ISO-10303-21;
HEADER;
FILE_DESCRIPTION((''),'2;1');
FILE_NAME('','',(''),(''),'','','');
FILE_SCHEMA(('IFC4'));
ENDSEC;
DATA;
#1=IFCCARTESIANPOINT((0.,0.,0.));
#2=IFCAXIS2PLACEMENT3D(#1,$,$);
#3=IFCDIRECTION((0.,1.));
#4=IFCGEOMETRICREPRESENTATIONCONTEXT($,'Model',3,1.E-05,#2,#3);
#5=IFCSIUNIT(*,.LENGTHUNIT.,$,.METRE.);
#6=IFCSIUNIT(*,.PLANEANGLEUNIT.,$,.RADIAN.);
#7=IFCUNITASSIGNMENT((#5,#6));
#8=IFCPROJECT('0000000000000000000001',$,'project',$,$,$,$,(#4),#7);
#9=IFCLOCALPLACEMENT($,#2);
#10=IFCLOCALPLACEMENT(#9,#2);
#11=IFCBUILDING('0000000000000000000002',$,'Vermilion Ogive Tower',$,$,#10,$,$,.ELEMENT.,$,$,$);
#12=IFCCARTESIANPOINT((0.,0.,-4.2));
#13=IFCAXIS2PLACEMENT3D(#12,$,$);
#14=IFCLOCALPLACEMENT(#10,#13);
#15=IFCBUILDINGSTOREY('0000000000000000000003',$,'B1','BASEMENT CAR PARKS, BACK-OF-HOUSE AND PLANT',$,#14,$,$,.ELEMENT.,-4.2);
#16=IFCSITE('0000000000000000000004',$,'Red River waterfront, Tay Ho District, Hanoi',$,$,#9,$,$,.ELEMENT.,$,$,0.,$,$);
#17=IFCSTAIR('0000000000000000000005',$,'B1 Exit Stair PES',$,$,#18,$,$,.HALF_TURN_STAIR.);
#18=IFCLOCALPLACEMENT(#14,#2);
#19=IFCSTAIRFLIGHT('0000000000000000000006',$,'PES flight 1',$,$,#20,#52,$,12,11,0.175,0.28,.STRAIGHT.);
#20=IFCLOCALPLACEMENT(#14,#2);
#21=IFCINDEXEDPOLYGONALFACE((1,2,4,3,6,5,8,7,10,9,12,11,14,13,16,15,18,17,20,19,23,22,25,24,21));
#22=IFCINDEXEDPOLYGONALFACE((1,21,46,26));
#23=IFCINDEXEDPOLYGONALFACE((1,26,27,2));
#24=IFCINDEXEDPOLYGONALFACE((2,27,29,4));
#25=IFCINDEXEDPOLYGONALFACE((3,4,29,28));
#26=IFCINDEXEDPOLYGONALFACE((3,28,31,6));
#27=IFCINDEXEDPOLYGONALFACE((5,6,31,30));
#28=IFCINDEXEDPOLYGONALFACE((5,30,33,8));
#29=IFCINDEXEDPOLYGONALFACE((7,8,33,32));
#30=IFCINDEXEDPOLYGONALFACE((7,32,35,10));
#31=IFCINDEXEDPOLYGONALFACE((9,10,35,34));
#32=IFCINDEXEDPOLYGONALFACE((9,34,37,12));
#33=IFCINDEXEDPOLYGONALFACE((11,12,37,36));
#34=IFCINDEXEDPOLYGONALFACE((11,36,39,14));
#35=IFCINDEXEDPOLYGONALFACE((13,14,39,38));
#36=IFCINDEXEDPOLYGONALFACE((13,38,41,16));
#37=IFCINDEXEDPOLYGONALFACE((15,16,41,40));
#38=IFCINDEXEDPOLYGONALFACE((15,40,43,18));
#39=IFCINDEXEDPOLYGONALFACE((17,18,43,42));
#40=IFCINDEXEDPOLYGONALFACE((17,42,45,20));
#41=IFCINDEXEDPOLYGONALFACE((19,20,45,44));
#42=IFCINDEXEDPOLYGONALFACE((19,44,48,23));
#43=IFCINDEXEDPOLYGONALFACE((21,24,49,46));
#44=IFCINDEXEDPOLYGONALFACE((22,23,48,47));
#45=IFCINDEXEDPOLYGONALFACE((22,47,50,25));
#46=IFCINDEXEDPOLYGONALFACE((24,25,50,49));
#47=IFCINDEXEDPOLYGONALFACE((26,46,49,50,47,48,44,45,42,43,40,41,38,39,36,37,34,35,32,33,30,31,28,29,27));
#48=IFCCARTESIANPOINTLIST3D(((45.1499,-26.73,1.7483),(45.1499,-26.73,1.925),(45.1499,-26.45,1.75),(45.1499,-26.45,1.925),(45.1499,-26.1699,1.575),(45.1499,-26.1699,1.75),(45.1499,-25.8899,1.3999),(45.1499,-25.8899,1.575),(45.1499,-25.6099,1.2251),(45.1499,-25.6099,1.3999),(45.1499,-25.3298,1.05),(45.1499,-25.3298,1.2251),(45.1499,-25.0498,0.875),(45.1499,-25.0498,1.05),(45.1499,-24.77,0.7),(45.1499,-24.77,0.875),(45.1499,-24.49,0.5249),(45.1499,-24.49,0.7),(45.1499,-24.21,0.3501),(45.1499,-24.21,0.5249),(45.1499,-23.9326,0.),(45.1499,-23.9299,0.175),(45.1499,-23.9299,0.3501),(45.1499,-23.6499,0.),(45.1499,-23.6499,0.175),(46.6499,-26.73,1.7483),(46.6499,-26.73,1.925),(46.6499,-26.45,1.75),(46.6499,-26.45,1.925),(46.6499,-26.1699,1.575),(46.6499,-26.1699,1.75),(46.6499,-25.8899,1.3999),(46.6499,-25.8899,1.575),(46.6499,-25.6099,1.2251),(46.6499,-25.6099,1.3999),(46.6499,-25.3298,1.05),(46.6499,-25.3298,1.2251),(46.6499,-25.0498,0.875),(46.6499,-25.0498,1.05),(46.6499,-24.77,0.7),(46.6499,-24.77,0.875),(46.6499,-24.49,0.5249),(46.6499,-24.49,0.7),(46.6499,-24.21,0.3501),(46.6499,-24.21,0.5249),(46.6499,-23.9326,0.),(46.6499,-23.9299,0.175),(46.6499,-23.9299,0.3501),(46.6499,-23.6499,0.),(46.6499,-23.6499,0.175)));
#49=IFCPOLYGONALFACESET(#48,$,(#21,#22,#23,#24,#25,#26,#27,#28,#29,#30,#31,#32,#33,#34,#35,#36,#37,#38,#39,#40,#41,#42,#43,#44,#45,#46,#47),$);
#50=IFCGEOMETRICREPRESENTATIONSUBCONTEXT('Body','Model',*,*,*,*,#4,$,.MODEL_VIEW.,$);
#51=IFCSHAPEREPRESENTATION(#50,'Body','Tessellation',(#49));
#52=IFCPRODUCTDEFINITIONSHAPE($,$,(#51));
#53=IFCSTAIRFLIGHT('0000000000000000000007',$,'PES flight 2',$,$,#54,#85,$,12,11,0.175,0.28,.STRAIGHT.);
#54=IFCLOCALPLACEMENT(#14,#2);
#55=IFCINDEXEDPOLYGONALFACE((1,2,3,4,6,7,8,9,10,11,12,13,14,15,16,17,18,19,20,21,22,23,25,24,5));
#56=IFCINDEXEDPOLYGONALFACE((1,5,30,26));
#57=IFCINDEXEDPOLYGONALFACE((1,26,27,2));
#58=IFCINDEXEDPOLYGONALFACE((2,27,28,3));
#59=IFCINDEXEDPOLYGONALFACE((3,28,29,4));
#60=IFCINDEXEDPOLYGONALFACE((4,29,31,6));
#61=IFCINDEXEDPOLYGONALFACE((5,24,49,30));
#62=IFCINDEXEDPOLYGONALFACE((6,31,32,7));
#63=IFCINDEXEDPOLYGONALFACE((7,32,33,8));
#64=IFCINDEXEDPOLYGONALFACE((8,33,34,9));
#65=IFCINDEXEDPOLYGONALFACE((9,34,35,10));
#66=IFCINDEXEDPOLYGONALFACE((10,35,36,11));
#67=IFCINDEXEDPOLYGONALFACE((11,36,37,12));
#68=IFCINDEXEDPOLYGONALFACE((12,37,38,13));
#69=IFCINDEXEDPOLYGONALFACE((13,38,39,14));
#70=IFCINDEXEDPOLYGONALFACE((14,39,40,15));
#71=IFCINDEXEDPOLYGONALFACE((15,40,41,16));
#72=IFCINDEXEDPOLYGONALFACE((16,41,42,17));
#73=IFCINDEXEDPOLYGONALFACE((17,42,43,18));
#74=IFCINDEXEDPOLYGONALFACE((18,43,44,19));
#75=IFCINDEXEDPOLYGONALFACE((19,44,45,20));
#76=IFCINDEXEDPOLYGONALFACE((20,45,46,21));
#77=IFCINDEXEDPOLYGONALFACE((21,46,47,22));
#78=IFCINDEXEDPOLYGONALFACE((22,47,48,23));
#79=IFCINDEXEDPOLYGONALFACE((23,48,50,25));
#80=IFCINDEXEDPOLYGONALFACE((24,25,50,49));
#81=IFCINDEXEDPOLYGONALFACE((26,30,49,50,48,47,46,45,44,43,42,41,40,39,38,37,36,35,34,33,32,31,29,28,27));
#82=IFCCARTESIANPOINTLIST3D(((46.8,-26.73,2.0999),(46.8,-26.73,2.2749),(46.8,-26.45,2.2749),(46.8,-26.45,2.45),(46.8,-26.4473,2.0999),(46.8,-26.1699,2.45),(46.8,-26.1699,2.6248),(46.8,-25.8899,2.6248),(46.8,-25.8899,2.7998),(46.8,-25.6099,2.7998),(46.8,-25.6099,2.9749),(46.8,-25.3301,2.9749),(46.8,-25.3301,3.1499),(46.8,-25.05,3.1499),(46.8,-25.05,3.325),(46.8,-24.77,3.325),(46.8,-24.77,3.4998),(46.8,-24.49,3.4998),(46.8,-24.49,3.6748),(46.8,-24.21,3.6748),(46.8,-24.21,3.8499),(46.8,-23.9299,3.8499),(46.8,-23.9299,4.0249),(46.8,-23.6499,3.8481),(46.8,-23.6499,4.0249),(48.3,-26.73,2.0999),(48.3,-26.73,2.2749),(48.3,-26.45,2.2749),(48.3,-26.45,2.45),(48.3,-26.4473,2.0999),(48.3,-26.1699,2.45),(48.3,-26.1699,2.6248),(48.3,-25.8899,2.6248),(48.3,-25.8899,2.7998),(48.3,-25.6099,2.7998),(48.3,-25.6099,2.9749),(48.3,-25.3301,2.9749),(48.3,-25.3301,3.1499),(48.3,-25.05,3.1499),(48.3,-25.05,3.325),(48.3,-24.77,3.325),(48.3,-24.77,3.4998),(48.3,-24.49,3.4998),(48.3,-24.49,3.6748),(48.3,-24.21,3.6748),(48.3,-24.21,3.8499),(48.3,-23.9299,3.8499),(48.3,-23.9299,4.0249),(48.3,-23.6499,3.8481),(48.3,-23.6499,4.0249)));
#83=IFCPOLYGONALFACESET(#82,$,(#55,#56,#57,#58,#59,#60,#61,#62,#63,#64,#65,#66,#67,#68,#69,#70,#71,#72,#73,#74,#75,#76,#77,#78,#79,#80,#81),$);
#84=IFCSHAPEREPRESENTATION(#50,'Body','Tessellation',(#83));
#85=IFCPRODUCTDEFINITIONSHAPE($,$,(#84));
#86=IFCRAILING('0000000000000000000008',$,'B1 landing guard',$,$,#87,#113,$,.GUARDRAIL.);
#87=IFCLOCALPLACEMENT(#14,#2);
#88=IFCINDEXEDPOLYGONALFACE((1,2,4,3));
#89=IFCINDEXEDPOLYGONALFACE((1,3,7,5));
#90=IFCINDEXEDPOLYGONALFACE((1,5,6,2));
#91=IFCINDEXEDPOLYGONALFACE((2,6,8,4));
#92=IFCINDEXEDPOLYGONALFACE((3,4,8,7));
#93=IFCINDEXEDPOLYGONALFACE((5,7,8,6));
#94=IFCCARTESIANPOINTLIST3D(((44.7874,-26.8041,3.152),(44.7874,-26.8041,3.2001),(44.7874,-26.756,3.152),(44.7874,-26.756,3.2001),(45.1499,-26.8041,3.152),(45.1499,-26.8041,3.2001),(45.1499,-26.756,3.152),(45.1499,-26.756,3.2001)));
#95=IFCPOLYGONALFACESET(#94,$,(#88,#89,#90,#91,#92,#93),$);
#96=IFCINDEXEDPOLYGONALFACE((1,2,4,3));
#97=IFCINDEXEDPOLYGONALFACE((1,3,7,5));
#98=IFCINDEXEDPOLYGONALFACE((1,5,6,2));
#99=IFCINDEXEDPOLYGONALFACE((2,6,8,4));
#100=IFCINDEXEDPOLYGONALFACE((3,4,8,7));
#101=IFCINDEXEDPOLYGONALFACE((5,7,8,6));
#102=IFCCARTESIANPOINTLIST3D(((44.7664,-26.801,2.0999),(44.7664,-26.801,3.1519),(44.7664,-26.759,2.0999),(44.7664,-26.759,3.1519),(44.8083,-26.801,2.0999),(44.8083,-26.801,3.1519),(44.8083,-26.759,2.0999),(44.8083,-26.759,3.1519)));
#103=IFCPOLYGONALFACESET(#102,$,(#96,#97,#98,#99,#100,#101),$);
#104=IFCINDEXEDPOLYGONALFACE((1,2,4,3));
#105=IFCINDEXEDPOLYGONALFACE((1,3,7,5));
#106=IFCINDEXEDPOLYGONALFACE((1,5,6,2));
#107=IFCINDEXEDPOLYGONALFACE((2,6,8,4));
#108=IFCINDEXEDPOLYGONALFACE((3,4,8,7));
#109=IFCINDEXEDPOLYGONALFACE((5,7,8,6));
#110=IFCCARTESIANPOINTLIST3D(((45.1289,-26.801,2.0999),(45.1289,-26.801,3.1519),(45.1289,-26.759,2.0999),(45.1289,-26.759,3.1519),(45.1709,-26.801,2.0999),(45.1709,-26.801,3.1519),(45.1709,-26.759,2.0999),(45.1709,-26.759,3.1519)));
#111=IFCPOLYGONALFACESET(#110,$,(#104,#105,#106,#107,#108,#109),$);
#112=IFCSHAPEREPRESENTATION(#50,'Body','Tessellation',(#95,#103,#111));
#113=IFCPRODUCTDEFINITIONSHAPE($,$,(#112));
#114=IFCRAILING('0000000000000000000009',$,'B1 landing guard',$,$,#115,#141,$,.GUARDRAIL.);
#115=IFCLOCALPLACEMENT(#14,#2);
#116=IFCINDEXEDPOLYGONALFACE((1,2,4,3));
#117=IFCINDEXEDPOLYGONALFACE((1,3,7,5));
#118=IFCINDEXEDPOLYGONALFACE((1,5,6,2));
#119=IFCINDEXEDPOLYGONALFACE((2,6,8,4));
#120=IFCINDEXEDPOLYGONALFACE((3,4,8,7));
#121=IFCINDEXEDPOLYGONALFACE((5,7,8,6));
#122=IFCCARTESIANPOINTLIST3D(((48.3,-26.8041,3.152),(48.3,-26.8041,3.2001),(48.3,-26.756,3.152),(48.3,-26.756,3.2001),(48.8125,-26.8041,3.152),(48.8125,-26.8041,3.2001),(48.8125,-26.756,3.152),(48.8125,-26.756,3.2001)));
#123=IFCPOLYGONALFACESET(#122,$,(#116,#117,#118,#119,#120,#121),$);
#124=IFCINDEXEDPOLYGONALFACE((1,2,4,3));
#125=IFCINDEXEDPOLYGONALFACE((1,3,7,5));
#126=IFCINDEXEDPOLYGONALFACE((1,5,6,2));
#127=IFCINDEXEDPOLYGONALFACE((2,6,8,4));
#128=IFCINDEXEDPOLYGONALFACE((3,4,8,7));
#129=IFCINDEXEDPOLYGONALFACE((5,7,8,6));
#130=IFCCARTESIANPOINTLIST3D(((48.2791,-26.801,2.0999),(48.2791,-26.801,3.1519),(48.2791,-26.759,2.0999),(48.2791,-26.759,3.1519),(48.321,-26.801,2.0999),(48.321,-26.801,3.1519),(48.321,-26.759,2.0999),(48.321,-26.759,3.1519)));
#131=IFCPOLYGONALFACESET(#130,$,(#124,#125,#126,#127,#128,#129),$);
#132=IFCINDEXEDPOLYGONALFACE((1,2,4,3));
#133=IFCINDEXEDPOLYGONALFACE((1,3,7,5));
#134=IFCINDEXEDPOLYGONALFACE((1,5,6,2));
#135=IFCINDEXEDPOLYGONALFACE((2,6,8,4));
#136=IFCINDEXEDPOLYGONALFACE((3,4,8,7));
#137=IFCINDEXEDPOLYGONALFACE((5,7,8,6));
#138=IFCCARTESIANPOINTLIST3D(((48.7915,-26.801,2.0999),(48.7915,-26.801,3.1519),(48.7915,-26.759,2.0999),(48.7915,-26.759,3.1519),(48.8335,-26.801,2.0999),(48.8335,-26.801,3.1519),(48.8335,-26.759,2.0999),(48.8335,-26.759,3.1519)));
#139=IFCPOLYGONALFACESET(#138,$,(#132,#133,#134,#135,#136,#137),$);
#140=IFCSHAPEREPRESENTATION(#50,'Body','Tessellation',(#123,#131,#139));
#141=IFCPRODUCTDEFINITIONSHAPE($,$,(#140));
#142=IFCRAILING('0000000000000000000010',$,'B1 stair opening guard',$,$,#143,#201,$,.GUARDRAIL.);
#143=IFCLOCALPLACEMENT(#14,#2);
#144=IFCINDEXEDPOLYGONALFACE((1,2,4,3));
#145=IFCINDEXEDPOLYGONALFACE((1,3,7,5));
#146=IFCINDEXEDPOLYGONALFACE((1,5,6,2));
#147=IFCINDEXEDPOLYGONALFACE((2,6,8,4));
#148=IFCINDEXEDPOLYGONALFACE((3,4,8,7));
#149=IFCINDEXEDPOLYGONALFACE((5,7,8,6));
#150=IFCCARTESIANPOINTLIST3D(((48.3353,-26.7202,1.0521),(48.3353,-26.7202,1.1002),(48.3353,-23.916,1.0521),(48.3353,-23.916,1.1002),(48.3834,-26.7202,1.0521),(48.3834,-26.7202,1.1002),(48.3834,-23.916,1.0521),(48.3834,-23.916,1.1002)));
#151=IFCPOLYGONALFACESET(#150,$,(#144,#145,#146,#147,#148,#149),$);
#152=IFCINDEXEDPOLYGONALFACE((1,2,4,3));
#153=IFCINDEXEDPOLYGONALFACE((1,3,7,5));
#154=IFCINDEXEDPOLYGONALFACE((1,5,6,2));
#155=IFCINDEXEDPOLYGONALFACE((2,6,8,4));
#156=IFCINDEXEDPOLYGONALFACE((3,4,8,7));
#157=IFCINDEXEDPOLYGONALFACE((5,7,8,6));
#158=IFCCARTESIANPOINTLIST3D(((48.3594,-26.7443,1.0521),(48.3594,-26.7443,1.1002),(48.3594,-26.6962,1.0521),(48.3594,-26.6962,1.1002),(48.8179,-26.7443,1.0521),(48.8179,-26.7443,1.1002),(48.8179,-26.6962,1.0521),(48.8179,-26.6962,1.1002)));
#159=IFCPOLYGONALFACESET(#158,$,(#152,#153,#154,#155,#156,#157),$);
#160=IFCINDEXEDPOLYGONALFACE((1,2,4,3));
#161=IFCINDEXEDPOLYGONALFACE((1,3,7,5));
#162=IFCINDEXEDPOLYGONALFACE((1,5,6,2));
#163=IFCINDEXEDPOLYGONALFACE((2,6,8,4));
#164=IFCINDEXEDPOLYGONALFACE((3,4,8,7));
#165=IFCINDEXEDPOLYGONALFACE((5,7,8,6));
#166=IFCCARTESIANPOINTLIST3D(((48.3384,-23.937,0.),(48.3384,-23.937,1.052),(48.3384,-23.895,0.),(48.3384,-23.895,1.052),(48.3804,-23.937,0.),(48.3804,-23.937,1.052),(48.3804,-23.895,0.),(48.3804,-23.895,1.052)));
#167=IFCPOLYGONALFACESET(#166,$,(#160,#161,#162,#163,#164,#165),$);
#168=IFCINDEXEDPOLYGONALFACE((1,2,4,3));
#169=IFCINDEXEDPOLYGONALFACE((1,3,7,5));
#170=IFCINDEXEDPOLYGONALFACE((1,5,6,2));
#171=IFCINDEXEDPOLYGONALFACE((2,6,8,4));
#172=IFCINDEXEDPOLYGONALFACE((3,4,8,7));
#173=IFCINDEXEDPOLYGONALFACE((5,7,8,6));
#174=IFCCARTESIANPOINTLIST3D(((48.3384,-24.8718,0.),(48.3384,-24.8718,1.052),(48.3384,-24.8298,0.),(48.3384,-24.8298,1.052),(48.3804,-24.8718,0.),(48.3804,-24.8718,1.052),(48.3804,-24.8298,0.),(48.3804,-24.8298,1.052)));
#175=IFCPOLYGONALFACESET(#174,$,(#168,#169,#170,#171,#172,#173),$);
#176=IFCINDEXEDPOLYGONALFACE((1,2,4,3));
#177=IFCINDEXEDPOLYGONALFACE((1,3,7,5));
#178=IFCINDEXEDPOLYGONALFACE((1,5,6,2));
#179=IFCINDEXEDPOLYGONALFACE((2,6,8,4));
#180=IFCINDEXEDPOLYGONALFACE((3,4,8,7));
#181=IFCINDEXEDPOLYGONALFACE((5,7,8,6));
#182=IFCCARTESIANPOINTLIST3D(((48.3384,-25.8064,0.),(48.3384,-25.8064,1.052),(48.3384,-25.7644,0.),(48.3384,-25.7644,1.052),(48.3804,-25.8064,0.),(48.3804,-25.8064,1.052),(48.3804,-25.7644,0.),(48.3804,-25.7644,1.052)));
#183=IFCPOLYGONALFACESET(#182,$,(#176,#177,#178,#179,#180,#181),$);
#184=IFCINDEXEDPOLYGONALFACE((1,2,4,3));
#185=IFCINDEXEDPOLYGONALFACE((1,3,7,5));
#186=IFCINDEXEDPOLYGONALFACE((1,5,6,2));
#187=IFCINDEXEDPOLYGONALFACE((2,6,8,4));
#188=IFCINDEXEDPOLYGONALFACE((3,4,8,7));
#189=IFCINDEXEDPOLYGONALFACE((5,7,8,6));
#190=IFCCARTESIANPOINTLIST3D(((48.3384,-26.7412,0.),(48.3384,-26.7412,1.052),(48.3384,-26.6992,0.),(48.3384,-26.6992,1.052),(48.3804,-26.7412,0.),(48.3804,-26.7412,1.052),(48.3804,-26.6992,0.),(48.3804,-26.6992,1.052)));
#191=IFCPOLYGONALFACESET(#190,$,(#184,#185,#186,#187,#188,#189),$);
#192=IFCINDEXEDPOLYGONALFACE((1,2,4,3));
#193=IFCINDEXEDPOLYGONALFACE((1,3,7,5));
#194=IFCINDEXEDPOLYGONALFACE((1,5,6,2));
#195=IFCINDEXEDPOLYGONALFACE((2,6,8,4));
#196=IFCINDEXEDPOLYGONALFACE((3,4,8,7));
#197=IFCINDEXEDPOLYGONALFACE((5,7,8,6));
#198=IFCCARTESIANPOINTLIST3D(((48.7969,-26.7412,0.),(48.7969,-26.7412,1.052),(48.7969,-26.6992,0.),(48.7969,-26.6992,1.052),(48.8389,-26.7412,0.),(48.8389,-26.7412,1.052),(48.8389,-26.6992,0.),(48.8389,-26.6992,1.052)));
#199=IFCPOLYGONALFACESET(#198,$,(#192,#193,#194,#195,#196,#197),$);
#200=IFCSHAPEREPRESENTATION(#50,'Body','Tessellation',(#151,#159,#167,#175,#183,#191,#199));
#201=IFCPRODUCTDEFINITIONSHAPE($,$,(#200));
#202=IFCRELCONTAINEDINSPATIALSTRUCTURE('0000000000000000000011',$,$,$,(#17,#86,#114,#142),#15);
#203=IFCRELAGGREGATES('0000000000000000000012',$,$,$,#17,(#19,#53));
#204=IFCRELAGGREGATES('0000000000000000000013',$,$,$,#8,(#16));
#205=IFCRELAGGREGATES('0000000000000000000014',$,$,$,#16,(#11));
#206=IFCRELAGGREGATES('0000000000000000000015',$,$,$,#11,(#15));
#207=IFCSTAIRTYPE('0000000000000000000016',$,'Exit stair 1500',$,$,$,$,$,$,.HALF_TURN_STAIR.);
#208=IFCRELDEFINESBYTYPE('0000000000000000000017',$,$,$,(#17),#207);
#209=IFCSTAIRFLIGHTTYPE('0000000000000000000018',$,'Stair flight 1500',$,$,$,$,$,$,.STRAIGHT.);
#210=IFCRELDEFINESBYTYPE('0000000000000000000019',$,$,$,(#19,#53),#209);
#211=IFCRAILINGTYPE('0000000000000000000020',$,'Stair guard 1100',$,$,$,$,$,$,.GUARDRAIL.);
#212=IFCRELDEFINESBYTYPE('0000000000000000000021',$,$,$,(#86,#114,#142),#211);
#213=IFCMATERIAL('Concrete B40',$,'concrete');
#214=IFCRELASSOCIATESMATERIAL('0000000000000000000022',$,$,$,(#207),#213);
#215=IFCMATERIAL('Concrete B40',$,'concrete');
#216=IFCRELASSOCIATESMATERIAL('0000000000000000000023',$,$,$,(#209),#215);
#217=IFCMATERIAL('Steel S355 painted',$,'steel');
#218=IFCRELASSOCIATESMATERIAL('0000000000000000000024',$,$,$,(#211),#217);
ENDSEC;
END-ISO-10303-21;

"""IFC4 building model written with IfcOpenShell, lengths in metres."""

from ifc_helpers import new_model, si_unit, direction, frame, origin, origin_2d, place, context, subcontext, project, spatial, polyline, rectangle, outline, extrude, material, type_object, element, aggregate, save


model = new_model("IFC4")

# Units and contexts
model_context = context("Model", 3, precision=1e-05, world=origin(), true_north=direction((0.0, 1.0)))
body_context = subcontext(model_context, "Body", "Model", "MODEL_VIEW")
ifc_project = project(units=[si_unit("LENGTHUNIT", "METRE"), si_unit("PLANEANGLEUNIT", "RADIAN")], contexts=[model_context])

# Site, building, storey
site_placement = place(None, origin())
site = spatial("IfcSite", under=ifc_project, at=site_placement, Name="Red River waterfront, Tay Ho District, Hanoi", CompositionType="ELEMENT", RefElevation=0.0)
building_placement = place(site_placement, origin())
building = spatial("IfcBuilding", under=site, at=building_placement, Name="Vermilion Ogive Tower", CompositionType="ELEMENT")
storey_placement = place(building_placement, frame((0.0, 0.0, -4.2)))
storey = spatial("IfcBuildingStorey", under=building, at=storey_placement, Name="B1", Description="BASEMENT CAR PARKS, BACK-OF-HOUSE AND PLANT", CompositionType="ELEMENT", Elevation=-4.2)

# Stair, stair flights
ifc_material_1 = material(Name="Concrete B40", Category="concrete")
stair_type = type_object("IfcStairType", Name="Exit stair 1500", PredefinedType="HALF_TURN_STAIR", material=ifc_material_1)
stair_placement = place(storey_placement, origin())
stair = element("IfcStair", 1, at=stair_placement, inside=storey, type_object=stair_type, Name="B1 Exit Stair PES", PredefinedType="HALF_TURN_STAIR")
ifc_material_2 = material(Name="Concrete B40", Category="concrete")
stair_flight_type = type_object("IfcStairFlightType", Name="Stair flight 1500", PredefinedType="STRAIGHT", material=ifc_material_2)
stair_flight_1_placement = place(storey_placement, frame((45.8999, -23.6499, 0.0), z_axis=(0.0, 0.0, 1.0), x_axis=(0.0, -1.0, 0.0)))
stair_flight_1 = element("IfcStairFlight", 2, at=stair_flight_1_placement, type_object=stair_flight_type, Name="PES flight 1", NumberOfRisers=12, NumberOfTreads=11, PredefinedType="STRAIGHT", RiserHeight=0.175, TreadLength=0.28, context=body_context, shape_type="SweptSolid", body=[
    extrude(outline(polyline([(0.0, 0.0), (0.0, 0.175), (0.28, 0.175), (0.28, 0.3501), (0.5601, 0.3501), (0.5601, 0.5249), (0.8401, 0.5249), (0.8401, 0.7), (1.1201, 0.7), (1.1201, 0.875), (1.3999, 0.875), (1.3999, 1.05), (1.6799, 1.05), (1.6799, 1.2251), (1.96, 1.2251), (1.96, 1.3999), (2.24, 1.3999), (2.24, 1.575), (2.52, 1.575), (2.52, 1.75), (2.8, 1.75), (2.8, 1.925), (3.0801, 1.925), (3.0801, 2.1001), (3.0801, 1.7483), (0.2827, 0.0), (0.0, 0.0)])), frame((0.0, 0.75, 0.0), z_axis=(0.0, -1.0, 0.0), x_axis=(1.0, 0.0, 0.0)), (0.0, 0.0, 1.0), 1.5),
])
stair_flight_2_placement = place(storey_placement, frame((47.55, -26.73, 2.0999), z_axis=(0.0, 0.0, 1.0), x_axis=(0.0, 1.0, 0.0)))
stair_flight_2 = element("IfcStairFlight", 3, at=stair_flight_2_placement, type_object=stair_flight_type, Name="PES flight 2", NumberOfRisers=12, NumberOfTreads=11, PredefinedType="STRAIGHT", RiserHeight=0.175, TreadLength=0.28, context=body_context, shape_type="SweptSolid", body=[
    extrude(outline(polyline([(0.0, 0.0), (0.0, 0.175), (0.28, 0.175), (0.28, 0.3501), (0.5601, 0.3501), (0.5601, 0.5249), (0.8401, 0.5249), (0.8401, 0.7), (1.1201, 0.7), (1.1201, 0.875), (1.3999, 0.875), (1.3999, 1.05), (1.6799, 1.05), (1.6799, 1.2251), (1.96, 1.2251), (1.96, 1.3999), (2.24, 1.3999), (2.24, 1.575), (2.52, 1.575), (2.52, 1.75), (2.8, 1.75), (2.8, 1.925), (3.0801, 1.925), (3.0801, 2.1001), (3.0801, 1.7483), (0.2827, 0.0), (0.0, 0.0)])), frame((0.0, 0.75, 0.0), z_axis=(0.0, -1.0, 0.0), x_axis=(1.0, 0.0, 0.0)), (0.0, 0.0, 1.0), 1.5),
])
aggregate(stair, [stair_flight_1, stair_flight_2])

# Railings
ifc_material_3 = material(Name="Steel S355 painted", Category="steel")
railing_type_1 = type_object("IfcRailingType", Name="Stair guard 1100", PredefinedType="GUARDRAIL", material=ifc_material_3)
railing_1_placement = place(storey_placement, frame((44.7874, -26.78, 2.0999)))
element("IfcRailing", 4, at=railing_1_placement, inside=storey, type_object=railing_type_1, Name="B1 landing guard", PredefinedType="GUARDRAIL", context=body_context, shape_type="SweptSolid", body=[
    extrude(rectangle(XDim=0.0481, YDim=0.0481, at=origin_2d()), frame((0.0, 0.0, 1.0762), z_axis=(1.0, 0.0, 0.0), x_axis=(0.0, 1.0, 0.0)), (0.0, 0.0, 1.0), 0.3625),
    extrude(rectangle(XDim=0.042, YDim=0.042, at=origin_2d()), origin(), (0.0, 0.0, 1.0), 1.052),
    extrude(rectangle(XDim=0.042, YDim=0.042, at=origin_2d()), frame((0.3625, 0.0, 0.0)), (0.0, 0.0, 1.0), 1.052),
])
railing_2_placement = place(storey_placement, frame((48.3, -26.78, 2.0999)))
element("IfcRailing", 5, at=railing_2_placement, inside=storey, type_object=railing_type_1, Name="B1 landing guard", PredefinedType="GUARDRAIL", context=body_context, shape_type="SweptSolid", body=[
    extrude(rectangle(XDim=0.0481, YDim=0.0481, at=origin_2d()), frame((0.0, 0.0, 1.0762), z_axis=(1.0, 0.0, 0.0), x_axis=(0.0, 1.0, 0.0)), (0.0, 0.0, 1.0), 0.5125),
    extrude(rectangle(XDim=0.042, YDim=0.042, at=origin_2d()), origin(), (0.0, 0.0, 1.0), 1.052),
    extrude(rectangle(XDim=0.042, YDim=0.042, at=origin_2d()), frame((0.5125, 0.0, 0.0)), (0.0, 0.0, 1.0), 1.052),
])
railing_3_placement = place(storey_placement, frame((48.3594, -23.916, 0.0)))
element("IfcRailing", 6, at=railing_3_placement, inside=storey, type_object=railing_type_1, Name="B1 stair opening guard", PredefinedType="GUARDRAIL", context=body_context, shape_type="SweptSolid", body=[
    extrude(rectangle(XDim=0.0481, YDim=0.0481, at=origin_2d()), frame((0.0, 0.0, 1.0762), z_axis=(0.0, -1.0, 0.0), x_axis=(1.0, 0.0, 0.0)), (0.0, 0.0, 1.0), 2.8042),
    extrude(rectangle(XDim=0.0481, YDim=0.0481, at=origin_2d()), frame((0.0, -2.8042, 1.0762), z_axis=(1.0, 0.0, 0.0), x_axis=(0.0, 1.0, 0.0)), (0.0, 0.0, 1.0), 0.4585),
    extrude(rectangle(XDim=0.042, YDim=0.042, at=origin_2d()), origin(), (0.0, 0.0, 1.0), 1.052),
    extrude(rectangle(XDim=0.042, YDim=0.042, at=origin_2d()), frame((0.0, -0.9348, 0.0)), (0.0, 0.0, 1.0), 1.052),
    extrude(rectangle(XDim=0.042, YDim=0.042, at=origin_2d()), frame((0.0, -1.8694, 0.0)), (0.0, 0.0, 1.0), 1.052),
    extrude(rectangle(XDim=0.042, YDim=0.042, at=origin_2d()), frame((0.0, -2.8042, 0.0)), (0.0, 0.0, 1.0), 1.052),
    extrude(rectangle(XDim=0.042, YDim=0.042, at=origin_2d()), frame((0.4585, -2.8042, 0.0)), (0.0, 0.0, 1.0), 1.052),
])

save(model, "model.ifc")
